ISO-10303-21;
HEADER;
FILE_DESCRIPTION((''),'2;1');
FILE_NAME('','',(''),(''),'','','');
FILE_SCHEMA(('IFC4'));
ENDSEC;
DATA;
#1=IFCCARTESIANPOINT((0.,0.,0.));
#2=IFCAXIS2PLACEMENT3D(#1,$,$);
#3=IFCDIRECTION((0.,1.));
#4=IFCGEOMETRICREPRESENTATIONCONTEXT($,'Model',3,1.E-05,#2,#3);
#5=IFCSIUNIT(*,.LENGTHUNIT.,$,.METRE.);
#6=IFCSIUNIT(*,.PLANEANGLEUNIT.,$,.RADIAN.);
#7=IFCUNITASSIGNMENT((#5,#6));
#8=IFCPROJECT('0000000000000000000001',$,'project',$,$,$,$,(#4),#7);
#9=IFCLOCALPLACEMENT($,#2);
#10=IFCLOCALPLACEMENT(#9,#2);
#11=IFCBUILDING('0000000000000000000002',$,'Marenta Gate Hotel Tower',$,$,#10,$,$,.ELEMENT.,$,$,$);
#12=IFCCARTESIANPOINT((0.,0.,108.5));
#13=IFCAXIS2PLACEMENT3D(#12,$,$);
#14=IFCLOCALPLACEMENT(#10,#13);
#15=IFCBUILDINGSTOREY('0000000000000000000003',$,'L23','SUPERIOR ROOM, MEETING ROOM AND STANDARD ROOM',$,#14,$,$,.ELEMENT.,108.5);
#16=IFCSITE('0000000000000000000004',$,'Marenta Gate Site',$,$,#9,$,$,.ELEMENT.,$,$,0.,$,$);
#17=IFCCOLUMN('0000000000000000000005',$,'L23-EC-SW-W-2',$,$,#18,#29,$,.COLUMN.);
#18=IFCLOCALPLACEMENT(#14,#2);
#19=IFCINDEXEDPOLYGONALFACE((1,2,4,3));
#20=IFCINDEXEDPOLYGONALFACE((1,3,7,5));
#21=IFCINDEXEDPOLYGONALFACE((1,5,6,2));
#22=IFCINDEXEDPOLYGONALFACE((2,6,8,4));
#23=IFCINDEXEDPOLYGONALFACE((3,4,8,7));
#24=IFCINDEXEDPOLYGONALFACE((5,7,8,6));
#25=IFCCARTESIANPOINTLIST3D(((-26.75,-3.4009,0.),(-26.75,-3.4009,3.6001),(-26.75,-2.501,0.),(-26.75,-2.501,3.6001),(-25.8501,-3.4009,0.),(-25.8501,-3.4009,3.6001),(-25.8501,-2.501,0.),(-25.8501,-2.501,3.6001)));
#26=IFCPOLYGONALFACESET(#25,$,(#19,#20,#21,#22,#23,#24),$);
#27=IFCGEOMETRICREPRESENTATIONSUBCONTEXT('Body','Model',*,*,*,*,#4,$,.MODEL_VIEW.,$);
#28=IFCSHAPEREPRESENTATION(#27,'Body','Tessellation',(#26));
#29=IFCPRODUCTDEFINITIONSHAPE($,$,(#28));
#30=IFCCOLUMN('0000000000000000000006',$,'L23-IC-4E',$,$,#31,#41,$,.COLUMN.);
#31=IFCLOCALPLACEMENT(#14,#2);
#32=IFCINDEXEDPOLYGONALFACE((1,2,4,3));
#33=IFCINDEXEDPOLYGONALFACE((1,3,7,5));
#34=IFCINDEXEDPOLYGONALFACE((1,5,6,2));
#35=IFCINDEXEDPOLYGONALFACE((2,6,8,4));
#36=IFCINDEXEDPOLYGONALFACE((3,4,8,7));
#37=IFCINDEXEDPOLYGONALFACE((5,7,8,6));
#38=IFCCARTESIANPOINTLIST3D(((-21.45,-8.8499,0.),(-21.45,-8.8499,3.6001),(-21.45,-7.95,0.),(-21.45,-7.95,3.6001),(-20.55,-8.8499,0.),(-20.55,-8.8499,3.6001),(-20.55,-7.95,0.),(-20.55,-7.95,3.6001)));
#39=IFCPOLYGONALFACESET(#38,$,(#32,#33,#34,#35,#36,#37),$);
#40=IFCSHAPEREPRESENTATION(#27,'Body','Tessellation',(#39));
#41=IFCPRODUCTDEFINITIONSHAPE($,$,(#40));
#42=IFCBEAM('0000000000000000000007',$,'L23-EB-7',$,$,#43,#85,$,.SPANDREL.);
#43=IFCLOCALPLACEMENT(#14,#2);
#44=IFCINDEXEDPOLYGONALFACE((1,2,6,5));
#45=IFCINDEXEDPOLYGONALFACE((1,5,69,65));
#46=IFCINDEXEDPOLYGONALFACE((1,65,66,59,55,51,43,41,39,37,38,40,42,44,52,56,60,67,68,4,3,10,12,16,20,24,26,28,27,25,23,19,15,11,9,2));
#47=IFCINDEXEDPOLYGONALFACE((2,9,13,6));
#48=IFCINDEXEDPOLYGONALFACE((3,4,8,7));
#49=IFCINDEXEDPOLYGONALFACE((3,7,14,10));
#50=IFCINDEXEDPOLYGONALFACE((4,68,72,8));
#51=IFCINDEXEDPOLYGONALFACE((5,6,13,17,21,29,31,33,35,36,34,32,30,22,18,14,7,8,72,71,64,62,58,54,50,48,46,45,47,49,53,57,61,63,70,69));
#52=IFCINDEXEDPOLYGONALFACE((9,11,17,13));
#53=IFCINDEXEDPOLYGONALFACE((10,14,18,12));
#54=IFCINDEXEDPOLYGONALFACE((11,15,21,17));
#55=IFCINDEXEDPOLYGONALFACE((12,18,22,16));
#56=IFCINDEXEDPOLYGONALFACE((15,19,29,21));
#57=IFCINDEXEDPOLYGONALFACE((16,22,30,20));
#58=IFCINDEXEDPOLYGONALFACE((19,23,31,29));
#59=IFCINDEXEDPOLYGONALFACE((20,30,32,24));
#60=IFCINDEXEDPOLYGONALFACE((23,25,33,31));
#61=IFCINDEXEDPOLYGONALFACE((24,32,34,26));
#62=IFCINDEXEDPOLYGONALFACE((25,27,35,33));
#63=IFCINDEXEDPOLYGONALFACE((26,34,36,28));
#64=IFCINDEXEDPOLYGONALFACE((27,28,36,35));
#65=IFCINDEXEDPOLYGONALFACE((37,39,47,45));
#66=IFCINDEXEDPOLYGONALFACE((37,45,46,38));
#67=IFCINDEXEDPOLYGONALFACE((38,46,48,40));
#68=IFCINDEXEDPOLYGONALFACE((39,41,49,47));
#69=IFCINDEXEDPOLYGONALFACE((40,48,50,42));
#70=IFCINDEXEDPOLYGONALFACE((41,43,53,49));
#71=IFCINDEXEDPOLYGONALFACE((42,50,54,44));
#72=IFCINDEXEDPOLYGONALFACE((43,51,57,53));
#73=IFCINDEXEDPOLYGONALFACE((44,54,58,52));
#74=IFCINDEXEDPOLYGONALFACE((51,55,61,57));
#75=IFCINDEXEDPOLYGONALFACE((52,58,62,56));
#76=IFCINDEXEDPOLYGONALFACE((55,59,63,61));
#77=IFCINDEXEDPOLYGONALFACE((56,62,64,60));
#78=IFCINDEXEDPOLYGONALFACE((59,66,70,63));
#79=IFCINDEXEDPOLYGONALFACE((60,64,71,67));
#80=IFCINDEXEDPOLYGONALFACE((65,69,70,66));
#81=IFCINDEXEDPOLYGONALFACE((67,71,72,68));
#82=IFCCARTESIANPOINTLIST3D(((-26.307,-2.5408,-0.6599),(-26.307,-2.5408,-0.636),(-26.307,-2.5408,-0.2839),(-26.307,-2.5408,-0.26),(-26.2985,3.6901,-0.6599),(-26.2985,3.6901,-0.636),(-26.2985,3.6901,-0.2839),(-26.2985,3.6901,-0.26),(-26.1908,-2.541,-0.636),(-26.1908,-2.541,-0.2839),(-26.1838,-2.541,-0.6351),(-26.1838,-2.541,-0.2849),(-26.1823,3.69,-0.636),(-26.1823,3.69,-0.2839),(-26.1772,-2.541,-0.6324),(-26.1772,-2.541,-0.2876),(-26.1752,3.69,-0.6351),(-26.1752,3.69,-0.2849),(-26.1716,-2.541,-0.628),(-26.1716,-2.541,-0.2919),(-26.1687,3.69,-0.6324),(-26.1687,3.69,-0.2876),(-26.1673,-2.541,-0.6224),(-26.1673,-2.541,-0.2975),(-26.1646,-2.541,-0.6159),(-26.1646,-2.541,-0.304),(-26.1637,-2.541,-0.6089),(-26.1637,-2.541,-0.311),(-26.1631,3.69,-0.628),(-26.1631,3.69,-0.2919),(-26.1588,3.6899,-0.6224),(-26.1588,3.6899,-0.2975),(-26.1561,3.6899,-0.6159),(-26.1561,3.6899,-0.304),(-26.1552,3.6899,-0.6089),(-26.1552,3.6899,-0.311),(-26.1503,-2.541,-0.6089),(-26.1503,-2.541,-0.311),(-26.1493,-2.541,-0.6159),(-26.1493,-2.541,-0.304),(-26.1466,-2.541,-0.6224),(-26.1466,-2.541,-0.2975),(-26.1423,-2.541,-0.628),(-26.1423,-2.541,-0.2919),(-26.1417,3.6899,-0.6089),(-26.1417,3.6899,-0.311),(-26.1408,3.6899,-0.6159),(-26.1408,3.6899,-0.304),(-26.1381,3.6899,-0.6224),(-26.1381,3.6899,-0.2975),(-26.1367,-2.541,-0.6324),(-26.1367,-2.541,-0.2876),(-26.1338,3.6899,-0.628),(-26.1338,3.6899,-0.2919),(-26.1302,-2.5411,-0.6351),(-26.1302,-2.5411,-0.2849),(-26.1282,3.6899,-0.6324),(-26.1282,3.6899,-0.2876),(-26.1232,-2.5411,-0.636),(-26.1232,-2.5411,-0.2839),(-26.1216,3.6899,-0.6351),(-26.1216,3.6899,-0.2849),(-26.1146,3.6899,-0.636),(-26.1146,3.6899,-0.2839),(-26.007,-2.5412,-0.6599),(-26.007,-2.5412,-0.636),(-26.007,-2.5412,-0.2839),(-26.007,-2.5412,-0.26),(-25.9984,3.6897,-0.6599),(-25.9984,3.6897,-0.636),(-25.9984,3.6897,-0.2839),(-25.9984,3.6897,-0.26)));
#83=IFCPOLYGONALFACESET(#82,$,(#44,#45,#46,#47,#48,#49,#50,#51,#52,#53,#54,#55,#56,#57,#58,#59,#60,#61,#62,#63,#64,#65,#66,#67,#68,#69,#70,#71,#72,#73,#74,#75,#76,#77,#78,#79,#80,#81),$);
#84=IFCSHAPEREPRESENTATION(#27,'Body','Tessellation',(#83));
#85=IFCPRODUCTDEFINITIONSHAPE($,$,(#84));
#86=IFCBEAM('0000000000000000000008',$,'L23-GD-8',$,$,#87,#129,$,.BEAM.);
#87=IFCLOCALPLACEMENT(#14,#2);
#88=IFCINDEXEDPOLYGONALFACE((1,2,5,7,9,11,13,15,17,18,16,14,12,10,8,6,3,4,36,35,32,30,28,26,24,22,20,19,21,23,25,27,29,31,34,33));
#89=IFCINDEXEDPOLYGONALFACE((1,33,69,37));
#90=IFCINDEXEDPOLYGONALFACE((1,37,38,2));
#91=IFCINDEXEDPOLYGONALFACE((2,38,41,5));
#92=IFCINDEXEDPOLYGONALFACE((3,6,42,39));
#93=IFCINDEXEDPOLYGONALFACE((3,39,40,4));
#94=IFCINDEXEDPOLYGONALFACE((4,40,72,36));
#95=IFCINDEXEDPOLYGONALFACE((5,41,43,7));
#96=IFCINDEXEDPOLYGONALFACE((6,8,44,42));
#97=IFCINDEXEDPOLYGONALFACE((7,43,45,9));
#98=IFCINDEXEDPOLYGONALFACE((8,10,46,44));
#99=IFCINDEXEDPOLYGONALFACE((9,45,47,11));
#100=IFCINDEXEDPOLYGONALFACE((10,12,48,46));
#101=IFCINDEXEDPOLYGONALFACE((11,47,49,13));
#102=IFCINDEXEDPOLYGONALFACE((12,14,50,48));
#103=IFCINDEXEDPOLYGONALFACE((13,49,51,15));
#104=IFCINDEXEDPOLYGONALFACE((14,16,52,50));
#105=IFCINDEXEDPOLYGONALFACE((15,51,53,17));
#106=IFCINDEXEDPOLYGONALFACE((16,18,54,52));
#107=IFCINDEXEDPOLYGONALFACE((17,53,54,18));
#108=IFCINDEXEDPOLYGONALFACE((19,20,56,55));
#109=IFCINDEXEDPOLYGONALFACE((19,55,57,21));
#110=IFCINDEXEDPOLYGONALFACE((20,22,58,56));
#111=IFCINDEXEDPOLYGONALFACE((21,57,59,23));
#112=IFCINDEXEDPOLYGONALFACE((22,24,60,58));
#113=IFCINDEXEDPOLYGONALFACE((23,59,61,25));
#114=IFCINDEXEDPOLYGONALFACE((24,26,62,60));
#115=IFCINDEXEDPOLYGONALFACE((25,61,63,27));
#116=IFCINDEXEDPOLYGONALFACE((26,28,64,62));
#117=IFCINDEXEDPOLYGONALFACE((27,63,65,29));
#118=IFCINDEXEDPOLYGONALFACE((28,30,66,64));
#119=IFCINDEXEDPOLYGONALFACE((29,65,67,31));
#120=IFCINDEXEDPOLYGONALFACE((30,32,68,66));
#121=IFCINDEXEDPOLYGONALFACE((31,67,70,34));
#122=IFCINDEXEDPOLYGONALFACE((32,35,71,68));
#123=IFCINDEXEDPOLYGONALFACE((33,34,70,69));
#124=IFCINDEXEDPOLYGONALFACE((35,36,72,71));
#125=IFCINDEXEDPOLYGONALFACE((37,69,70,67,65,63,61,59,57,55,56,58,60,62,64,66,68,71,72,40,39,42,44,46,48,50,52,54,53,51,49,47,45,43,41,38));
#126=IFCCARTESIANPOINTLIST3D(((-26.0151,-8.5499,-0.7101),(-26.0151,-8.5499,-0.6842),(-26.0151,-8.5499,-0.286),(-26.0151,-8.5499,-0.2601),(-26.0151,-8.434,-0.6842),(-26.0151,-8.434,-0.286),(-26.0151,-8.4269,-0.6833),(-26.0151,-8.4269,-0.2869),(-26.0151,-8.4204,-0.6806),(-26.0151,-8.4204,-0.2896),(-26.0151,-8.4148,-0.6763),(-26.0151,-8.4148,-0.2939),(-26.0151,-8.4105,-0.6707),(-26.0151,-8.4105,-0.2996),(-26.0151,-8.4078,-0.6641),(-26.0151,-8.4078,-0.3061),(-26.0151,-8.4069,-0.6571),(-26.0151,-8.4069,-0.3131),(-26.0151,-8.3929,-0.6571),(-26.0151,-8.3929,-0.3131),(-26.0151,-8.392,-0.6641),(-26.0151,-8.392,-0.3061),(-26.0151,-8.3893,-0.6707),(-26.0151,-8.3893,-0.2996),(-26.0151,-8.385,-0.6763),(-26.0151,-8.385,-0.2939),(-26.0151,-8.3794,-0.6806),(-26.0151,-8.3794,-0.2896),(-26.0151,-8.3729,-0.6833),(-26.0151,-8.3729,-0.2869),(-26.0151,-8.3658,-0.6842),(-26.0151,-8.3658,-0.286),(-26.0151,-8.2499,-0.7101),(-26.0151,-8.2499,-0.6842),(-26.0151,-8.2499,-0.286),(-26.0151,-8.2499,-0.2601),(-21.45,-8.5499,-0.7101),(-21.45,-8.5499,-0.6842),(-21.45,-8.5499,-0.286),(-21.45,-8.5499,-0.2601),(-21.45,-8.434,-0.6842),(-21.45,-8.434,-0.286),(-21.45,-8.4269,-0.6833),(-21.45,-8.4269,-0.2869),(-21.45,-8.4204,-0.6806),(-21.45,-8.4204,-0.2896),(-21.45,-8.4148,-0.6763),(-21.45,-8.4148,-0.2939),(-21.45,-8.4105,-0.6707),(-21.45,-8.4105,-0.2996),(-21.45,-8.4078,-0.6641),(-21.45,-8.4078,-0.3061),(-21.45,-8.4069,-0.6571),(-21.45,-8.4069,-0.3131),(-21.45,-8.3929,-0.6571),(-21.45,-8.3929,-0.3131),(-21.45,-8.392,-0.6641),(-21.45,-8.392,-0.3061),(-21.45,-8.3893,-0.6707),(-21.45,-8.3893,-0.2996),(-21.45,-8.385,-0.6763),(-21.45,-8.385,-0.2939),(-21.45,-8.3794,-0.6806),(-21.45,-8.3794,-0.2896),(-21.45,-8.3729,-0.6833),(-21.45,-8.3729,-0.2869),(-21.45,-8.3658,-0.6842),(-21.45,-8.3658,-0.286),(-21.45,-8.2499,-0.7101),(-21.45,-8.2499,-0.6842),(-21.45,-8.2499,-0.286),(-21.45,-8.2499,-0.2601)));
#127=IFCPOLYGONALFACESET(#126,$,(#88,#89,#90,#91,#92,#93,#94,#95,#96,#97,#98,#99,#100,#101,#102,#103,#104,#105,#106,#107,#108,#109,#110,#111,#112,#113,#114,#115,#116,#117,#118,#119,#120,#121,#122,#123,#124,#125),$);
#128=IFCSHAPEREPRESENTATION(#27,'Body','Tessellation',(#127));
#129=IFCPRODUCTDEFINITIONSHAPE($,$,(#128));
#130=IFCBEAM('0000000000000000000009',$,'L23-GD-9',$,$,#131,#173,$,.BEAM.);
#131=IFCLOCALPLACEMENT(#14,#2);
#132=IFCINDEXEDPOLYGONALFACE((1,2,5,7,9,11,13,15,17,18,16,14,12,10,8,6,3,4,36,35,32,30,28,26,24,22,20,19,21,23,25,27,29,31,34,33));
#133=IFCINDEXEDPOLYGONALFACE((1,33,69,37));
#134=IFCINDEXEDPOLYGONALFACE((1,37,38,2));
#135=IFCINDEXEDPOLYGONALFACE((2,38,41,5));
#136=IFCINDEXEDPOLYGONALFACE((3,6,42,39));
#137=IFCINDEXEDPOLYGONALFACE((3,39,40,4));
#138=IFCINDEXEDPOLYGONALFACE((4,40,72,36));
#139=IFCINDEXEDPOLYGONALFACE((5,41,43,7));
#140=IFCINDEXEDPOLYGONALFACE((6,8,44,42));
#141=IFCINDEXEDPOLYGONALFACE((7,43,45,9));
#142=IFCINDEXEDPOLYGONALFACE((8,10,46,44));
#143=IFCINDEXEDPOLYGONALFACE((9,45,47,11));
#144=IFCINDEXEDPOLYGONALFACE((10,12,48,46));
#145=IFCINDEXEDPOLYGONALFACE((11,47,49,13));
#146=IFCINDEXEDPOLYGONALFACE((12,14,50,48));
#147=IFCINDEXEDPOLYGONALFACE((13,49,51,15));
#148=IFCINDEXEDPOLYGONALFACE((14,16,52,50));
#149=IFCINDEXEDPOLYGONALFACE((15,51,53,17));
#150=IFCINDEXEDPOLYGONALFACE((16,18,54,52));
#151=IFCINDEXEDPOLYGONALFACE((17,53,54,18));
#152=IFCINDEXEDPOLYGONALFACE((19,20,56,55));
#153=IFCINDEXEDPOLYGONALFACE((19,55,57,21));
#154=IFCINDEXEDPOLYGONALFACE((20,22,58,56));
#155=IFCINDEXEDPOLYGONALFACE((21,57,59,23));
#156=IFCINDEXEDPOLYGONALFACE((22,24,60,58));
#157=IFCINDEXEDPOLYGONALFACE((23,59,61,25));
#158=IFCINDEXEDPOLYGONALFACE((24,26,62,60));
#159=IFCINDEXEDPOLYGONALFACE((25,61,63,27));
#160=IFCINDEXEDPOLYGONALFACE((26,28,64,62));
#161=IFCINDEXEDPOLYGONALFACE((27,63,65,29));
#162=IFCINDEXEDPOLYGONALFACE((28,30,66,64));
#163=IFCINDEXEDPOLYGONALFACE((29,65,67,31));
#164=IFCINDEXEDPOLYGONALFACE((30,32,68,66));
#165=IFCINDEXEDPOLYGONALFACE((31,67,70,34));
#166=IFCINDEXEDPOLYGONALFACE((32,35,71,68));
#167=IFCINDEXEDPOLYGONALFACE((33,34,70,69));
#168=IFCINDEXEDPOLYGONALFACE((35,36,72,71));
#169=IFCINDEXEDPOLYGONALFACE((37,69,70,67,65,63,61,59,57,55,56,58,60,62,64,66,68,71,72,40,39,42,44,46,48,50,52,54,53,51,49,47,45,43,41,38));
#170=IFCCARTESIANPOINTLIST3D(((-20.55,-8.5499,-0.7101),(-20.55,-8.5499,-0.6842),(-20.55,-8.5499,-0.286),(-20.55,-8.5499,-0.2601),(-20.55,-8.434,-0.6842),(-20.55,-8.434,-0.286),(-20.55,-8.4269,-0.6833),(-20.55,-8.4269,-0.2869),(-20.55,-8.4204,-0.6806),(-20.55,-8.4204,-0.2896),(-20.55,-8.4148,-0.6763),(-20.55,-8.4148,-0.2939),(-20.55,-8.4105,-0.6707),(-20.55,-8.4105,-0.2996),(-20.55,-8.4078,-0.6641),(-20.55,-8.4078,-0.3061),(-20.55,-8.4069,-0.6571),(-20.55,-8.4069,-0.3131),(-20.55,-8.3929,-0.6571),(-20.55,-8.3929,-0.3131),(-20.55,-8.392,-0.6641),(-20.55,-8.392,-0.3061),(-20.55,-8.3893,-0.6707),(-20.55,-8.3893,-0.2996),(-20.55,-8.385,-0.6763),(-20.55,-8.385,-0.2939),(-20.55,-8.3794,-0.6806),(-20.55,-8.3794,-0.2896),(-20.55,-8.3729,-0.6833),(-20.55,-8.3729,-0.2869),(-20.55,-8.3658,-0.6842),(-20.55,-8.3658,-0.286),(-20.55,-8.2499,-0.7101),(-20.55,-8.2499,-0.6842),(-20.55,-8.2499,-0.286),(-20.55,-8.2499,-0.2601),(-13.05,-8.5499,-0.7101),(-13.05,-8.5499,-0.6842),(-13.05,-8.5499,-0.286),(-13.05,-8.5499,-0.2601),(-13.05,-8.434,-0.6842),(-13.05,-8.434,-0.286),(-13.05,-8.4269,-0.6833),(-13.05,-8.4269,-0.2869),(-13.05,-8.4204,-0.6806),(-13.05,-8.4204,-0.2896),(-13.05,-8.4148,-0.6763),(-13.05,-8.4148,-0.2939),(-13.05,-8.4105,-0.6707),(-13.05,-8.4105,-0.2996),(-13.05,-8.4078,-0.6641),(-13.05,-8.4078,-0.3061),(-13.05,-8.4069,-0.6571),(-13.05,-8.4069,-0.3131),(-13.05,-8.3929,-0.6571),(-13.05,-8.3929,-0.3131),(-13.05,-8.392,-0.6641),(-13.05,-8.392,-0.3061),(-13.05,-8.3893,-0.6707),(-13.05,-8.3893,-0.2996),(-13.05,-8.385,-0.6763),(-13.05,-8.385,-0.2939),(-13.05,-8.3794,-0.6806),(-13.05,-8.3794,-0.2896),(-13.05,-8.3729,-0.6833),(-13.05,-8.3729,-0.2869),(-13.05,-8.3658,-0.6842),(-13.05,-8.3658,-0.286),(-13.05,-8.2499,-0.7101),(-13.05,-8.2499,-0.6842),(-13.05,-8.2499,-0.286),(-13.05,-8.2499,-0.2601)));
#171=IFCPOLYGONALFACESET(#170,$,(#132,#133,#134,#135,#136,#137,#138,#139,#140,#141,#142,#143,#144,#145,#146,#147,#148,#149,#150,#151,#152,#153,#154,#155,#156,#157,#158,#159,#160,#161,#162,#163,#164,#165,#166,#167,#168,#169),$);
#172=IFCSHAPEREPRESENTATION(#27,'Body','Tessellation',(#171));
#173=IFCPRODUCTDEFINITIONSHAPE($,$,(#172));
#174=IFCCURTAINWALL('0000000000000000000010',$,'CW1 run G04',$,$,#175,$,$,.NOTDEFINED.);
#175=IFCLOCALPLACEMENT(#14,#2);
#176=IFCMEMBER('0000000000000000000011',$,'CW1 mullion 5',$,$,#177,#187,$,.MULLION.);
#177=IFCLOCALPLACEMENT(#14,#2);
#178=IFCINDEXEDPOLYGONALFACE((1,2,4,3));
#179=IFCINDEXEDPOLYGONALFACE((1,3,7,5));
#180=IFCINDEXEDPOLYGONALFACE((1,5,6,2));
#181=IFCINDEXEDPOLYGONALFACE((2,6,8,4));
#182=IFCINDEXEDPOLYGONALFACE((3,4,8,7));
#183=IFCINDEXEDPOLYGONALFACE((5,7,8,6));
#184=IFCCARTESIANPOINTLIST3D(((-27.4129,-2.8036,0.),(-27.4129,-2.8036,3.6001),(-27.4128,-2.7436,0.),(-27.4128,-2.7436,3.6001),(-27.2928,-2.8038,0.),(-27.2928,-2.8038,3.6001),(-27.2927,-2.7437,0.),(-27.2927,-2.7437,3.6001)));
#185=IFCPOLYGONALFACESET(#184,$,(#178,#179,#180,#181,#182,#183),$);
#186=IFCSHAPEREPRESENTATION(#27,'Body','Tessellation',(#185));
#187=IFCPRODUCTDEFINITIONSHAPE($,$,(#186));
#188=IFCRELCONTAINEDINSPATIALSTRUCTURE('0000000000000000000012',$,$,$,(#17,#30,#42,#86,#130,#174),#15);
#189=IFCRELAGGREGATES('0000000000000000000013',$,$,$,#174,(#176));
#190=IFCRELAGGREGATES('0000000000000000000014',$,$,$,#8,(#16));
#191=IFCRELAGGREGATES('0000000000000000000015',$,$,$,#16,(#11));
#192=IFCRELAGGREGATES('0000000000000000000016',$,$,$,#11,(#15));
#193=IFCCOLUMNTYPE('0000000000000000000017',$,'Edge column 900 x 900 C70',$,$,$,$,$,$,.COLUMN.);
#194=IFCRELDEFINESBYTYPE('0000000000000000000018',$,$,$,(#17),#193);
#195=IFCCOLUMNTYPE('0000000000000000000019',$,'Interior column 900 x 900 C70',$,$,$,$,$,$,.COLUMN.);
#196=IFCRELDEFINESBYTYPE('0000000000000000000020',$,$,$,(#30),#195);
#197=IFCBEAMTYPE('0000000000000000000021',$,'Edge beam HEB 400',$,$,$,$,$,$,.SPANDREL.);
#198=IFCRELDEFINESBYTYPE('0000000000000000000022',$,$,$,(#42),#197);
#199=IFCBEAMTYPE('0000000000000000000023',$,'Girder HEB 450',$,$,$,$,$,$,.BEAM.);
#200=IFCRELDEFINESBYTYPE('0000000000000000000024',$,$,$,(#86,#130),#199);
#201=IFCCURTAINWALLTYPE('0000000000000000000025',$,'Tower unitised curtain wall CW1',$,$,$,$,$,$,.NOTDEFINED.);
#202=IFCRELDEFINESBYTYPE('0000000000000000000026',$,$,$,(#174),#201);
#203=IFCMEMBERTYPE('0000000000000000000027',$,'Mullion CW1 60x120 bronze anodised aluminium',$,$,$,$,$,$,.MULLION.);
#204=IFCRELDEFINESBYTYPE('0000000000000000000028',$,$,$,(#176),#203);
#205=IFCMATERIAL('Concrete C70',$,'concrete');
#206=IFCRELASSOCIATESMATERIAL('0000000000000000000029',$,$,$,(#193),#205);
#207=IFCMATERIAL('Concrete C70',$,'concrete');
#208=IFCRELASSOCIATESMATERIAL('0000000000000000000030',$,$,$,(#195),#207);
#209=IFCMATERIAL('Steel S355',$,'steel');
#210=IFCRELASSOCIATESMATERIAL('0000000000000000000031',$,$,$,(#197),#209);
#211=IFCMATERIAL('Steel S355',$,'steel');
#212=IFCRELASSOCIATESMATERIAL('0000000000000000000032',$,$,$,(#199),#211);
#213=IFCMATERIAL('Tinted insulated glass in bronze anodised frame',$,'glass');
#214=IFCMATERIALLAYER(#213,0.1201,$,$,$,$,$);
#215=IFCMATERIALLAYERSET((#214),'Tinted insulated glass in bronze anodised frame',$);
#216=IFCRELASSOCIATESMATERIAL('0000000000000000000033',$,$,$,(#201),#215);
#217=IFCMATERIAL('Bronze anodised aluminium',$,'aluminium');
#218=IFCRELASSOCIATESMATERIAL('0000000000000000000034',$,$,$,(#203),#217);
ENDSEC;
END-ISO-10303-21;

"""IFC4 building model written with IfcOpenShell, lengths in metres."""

from ifc_helpers import new_model, si_unit, direction, frame, origin, origin_2d, place, context, subcontext, project, spatial, rectangle, i_section, extrude, material, layer, layer_set, material_profile, profile_set, type_object, element, aggregate, save


model = new_model("IFC4")

# Units and contexts
model_context = context("Model", 3, precision=1e-05, world=origin(), true_north=direction((0.0, 1.0)))
body_context = subcontext(model_context, "Body", "Model", "MODEL_VIEW")
ifc_project = project(units=[si_unit("LENGTHUNIT", "METRE"), si_unit("PLANEANGLEUNIT", "RADIAN")], contexts=[model_context])

# Site, building, storey
site_placement = place(None, origin())
site = spatial("IfcSite", under=ifc_project, at=site_placement, Name="Marenta Gate Site", CompositionType="ELEMENT", RefElevation=0.0)
building_placement = place(site_placement, origin())
building = spatial("IfcBuilding", under=site, at=building_placement, Name="Marenta Gate Hotel Tower", CompositionType="ELEMENT")
storey_placement = place(building_placement, frame((0.0, 0.0, 108.5)))
storey = spatial("IfcBuildingStorey", under=building, at=storey_placement, Name="L23", Description="SUPERIOR ROOM, MEETING ROOM AND STANDARD ROOM", CompositionType="ELEMENT", Elevation=108.5)

# Columns
ifc_material_1 = material(Name="Concrete C70", Category="concrete")
ifc_material_profile_1 = material_profile(ifc_material_1, rectangle(XDim=0.8999, YDim=0.8999, at=origin_2d()), Name="900 x 900")
ifc_profile_set_1 = profile_set([ifc_material_profile_1], Name="Concrete C70")
column_type_1 = type_object("IfcColumnType", Name="Edge column 900 x 900 C70", PredefinedType="COLUMN", material=ifc_profile_set_1)
column_1_placement = place(storey_placement, frame((-26.3, -2.9509, 0.0), z_axis=(0.0, 0.0, 1.0), x_axis=(1.0, 0.0, 0.0)))
element("IfcColumn", 1, at=column_1_placement, inside=storey, type_object=column_type_1, Name="L23-EC-SW-W-2", PredefinedType="COLUMN", context=body_context, shape_type="SweptSolid", body=[
    extrude(rectangle(XDim=0.8999, YDim=0.8999, at=origin_2d()), origin(), (0.0, 0.0, 1.0), 3.6001),
])
ifc_material_2 = material(Name="Concrete C70", Category="concrete")
ifc_material_profile_2 = material_profile(ifc_material_2, rectangle(XDim=0.8999, YDim=0.8999, at=origin_2d()), Name="900 x 900")
ifc_profile_set_2 = profile_set([ifc_material_profile_2], Name="Concrete C70")
column_type_2 = type_object("IfcColumnType", Name="Interior column 900 x 900 C70", PredefinedType="COLUMN", material=ifc_profile_set_2)
column_2_placement = place(storey_placement, frame((-21.0, -8.3999, 0.0), z_axis=(0.0, 0.0, 1.0), x_axis=(1.0, 0.0, 0.0)))
element("IfcColumn", 2, at=column_2_placement, inside=storey, type_object=column_type_2, Name="L23-IC-4E", PredefinedType="COLUMN", context=body_context, shape_type="SweptSolid", body=[
    extrude(rectangle(XDim=0.8999, YDim=0.8999, at=origin_2d()), origin(), (0.0, 0.0, 1.0), 3.6001),
])

# Beams
ifc_material_3 = material(Name="Steel S355", Category="steel")
ifc_material_profile_3 = material_profile(ifc_material_3, i_section(OverallWidth=0.3, OverallDepth=0.3999, WebThickness=0.0134, FlangeThickness=0.0239, FilletRadius=0.0271, at=origin_2d()), Name="HEB 400")
ifc_profile_set_3 = profile_set([ifc_material_profile_3], Name="Steel S355")
beam_type_1 = type_object("IfcBeamType", Name="Edge beam HEB 400", PredefinedType="SPANDREL", material=ifc_profile_set_3)
beam_1_placement = place(storey_placement, frame((-26.157, -2.541, -0.46), z_axis=(0.001371, 0.999999, 0.0), x_axis=(-0.999999, 0.001371, 0.0)))
element("IfcBeam", 3, at=beam_1_placement, inside=storey, type_object=beam_type_1, Name="L23-EB-7", PredefinedType="SPANDREL", context=body_context, shape_type="SweptSolid", body=[
    extrude(i_section(OverallWidth=0.3, OverallDepth=0.3999, WebThickness=0.0134, FlangeThickness=0.0239, FilletRadius=0.0271, at=origin_2d()), origin(), (0.0, 0.0, 1.0), 6.231),
])
ifc_material_4 = material(Name="Steel S355", Category="steel")
ifc_material_profile_4 = material_profile(ifc_material_4, i_section(OverallWidth=0.3, OverallDepth=0.45, WebThickness=0.0139, FlangeThickness=0.0259, FilletRadius=0.0271, at=origin_2d()), Name="HEB 450")
ifc_profile_set_4 = profile_set([ifc_material_profile_4], Name="Steel S355")
beam_type_2 = type_object("IfcBeamType", Name="Girder HEB 450", PredefinedType="BEAM", material=ifc_profile_set_4)
beam_2_placement = place(storey_placement, frame((-26.0151, -8.3999, -0.4851), z_axis=(1.0, 0.0, 0.0), x_axis=(0.0, 1.0, 0.0)))
element("IfcBeam", 4, at=beam_2_placement, inside=storey, type_object=beam_type_2, Name="L23-GD-8", PredefinedType="BEAM", context=body_context, shape_type="SweptSolid", body=[
    extrude(i_section(OverallWidth=0.3, OverallDepth=0.45, WebThickness=0.0139, FlangeThickness=0.0259, FilletRadius=0.0271, at=origin_2d()), origin(), (0.0, 0.0, 1.0), 4.5652),
])
beam_3_placement = place(storey_placement, frame((-20.55, -8.3999, -0.4851), z_axis=(1.0, 0.0, 0.0), x_axis=(0.0, 1.0, 0.0)))
element("IfcBeam", 5, at=beam_3_placement, inside=storey, type_object=beam_type_2, Name="L23-GD-9", PredefinedType="BEAM", context=body_context, shape_type="SweptSolid", body=[
    extrude(i_section(OverallWidth=0.3, OverallDepth=0.45, WebThickness=0.0139, FlangeThickness=0.0259, FilletRadius=0.0271, at=origin_2d()), origin(), (0.0, 0.0, 1.0), 7.5),
])

# Curtain wall, member
ifc_material_5 = material(Name="Tinted insulated glass in bronze anodised frame", Category="glass")
ifc_layer_1 = layer(ifc_material_5, 0.1201)
ifc_layer_set_1 = layer_set([ifc_layer_1], Name="Tinted insulated glass in bronze anodised frame")
curtain_wall_type = type_object("IfcCurtainWallType", Name="Tower unitised curtain wall CW1", PredefinedType="NOTDEFINED", material=ifc_layer_set_1)
curtain_wall_placement = place(storey_placement, origin())
curtain_wall = element("IfcCurtainWall", 6, at=curtain_wall_placement, inside=storey, type_object=curtain_wall_type, Name="CW1 run G04", PredefinedType="NOTDEFINED")
ifc_material_6 = material(Name="Bronze anodised aluminium", Category="aluminium")
ifc_material_profile_5 = material_profile(ifc_material_6, rectangle(XDim=0.1201, YDim=0.0601, at=origin_2d()), Name="Mullion CW1 60x120 bronze anodised aluminium")
ifc_profile_set_5 = profile_set([ifc_material_profile_5], Name="Bronze anodised aluminium")
member_type_1 = type_object("IfcMemberType", Name="Mullion CW1 60x120 bronze anodised aluminium", PredefinedType="MULLION", material=ifc_profile_set_5)
member_1_placement = place(storey_placement, frame((-27.3528, -2.7737, 0.0), z_axis=(0.0, 0.0, 1.0), x_axis=(0.999999, -0.001566, 0.0)))
member_1 = element("IfcMember", 7, at=member_1_placement, type_object=member_type_1, Name="CW1 mullion 5", PredefinedType="MULLION", context=body_context, shape_type="SweptSolid", body=[
    extrude(rectangle(XDim=0.1201, YDim=0.0601, at=origin_2d()), origin(), (0.0, 0.0, 1.0), 3.6001),
])
aggregate(curtain_wall, [member_1])

save(model, "model.ifc")
